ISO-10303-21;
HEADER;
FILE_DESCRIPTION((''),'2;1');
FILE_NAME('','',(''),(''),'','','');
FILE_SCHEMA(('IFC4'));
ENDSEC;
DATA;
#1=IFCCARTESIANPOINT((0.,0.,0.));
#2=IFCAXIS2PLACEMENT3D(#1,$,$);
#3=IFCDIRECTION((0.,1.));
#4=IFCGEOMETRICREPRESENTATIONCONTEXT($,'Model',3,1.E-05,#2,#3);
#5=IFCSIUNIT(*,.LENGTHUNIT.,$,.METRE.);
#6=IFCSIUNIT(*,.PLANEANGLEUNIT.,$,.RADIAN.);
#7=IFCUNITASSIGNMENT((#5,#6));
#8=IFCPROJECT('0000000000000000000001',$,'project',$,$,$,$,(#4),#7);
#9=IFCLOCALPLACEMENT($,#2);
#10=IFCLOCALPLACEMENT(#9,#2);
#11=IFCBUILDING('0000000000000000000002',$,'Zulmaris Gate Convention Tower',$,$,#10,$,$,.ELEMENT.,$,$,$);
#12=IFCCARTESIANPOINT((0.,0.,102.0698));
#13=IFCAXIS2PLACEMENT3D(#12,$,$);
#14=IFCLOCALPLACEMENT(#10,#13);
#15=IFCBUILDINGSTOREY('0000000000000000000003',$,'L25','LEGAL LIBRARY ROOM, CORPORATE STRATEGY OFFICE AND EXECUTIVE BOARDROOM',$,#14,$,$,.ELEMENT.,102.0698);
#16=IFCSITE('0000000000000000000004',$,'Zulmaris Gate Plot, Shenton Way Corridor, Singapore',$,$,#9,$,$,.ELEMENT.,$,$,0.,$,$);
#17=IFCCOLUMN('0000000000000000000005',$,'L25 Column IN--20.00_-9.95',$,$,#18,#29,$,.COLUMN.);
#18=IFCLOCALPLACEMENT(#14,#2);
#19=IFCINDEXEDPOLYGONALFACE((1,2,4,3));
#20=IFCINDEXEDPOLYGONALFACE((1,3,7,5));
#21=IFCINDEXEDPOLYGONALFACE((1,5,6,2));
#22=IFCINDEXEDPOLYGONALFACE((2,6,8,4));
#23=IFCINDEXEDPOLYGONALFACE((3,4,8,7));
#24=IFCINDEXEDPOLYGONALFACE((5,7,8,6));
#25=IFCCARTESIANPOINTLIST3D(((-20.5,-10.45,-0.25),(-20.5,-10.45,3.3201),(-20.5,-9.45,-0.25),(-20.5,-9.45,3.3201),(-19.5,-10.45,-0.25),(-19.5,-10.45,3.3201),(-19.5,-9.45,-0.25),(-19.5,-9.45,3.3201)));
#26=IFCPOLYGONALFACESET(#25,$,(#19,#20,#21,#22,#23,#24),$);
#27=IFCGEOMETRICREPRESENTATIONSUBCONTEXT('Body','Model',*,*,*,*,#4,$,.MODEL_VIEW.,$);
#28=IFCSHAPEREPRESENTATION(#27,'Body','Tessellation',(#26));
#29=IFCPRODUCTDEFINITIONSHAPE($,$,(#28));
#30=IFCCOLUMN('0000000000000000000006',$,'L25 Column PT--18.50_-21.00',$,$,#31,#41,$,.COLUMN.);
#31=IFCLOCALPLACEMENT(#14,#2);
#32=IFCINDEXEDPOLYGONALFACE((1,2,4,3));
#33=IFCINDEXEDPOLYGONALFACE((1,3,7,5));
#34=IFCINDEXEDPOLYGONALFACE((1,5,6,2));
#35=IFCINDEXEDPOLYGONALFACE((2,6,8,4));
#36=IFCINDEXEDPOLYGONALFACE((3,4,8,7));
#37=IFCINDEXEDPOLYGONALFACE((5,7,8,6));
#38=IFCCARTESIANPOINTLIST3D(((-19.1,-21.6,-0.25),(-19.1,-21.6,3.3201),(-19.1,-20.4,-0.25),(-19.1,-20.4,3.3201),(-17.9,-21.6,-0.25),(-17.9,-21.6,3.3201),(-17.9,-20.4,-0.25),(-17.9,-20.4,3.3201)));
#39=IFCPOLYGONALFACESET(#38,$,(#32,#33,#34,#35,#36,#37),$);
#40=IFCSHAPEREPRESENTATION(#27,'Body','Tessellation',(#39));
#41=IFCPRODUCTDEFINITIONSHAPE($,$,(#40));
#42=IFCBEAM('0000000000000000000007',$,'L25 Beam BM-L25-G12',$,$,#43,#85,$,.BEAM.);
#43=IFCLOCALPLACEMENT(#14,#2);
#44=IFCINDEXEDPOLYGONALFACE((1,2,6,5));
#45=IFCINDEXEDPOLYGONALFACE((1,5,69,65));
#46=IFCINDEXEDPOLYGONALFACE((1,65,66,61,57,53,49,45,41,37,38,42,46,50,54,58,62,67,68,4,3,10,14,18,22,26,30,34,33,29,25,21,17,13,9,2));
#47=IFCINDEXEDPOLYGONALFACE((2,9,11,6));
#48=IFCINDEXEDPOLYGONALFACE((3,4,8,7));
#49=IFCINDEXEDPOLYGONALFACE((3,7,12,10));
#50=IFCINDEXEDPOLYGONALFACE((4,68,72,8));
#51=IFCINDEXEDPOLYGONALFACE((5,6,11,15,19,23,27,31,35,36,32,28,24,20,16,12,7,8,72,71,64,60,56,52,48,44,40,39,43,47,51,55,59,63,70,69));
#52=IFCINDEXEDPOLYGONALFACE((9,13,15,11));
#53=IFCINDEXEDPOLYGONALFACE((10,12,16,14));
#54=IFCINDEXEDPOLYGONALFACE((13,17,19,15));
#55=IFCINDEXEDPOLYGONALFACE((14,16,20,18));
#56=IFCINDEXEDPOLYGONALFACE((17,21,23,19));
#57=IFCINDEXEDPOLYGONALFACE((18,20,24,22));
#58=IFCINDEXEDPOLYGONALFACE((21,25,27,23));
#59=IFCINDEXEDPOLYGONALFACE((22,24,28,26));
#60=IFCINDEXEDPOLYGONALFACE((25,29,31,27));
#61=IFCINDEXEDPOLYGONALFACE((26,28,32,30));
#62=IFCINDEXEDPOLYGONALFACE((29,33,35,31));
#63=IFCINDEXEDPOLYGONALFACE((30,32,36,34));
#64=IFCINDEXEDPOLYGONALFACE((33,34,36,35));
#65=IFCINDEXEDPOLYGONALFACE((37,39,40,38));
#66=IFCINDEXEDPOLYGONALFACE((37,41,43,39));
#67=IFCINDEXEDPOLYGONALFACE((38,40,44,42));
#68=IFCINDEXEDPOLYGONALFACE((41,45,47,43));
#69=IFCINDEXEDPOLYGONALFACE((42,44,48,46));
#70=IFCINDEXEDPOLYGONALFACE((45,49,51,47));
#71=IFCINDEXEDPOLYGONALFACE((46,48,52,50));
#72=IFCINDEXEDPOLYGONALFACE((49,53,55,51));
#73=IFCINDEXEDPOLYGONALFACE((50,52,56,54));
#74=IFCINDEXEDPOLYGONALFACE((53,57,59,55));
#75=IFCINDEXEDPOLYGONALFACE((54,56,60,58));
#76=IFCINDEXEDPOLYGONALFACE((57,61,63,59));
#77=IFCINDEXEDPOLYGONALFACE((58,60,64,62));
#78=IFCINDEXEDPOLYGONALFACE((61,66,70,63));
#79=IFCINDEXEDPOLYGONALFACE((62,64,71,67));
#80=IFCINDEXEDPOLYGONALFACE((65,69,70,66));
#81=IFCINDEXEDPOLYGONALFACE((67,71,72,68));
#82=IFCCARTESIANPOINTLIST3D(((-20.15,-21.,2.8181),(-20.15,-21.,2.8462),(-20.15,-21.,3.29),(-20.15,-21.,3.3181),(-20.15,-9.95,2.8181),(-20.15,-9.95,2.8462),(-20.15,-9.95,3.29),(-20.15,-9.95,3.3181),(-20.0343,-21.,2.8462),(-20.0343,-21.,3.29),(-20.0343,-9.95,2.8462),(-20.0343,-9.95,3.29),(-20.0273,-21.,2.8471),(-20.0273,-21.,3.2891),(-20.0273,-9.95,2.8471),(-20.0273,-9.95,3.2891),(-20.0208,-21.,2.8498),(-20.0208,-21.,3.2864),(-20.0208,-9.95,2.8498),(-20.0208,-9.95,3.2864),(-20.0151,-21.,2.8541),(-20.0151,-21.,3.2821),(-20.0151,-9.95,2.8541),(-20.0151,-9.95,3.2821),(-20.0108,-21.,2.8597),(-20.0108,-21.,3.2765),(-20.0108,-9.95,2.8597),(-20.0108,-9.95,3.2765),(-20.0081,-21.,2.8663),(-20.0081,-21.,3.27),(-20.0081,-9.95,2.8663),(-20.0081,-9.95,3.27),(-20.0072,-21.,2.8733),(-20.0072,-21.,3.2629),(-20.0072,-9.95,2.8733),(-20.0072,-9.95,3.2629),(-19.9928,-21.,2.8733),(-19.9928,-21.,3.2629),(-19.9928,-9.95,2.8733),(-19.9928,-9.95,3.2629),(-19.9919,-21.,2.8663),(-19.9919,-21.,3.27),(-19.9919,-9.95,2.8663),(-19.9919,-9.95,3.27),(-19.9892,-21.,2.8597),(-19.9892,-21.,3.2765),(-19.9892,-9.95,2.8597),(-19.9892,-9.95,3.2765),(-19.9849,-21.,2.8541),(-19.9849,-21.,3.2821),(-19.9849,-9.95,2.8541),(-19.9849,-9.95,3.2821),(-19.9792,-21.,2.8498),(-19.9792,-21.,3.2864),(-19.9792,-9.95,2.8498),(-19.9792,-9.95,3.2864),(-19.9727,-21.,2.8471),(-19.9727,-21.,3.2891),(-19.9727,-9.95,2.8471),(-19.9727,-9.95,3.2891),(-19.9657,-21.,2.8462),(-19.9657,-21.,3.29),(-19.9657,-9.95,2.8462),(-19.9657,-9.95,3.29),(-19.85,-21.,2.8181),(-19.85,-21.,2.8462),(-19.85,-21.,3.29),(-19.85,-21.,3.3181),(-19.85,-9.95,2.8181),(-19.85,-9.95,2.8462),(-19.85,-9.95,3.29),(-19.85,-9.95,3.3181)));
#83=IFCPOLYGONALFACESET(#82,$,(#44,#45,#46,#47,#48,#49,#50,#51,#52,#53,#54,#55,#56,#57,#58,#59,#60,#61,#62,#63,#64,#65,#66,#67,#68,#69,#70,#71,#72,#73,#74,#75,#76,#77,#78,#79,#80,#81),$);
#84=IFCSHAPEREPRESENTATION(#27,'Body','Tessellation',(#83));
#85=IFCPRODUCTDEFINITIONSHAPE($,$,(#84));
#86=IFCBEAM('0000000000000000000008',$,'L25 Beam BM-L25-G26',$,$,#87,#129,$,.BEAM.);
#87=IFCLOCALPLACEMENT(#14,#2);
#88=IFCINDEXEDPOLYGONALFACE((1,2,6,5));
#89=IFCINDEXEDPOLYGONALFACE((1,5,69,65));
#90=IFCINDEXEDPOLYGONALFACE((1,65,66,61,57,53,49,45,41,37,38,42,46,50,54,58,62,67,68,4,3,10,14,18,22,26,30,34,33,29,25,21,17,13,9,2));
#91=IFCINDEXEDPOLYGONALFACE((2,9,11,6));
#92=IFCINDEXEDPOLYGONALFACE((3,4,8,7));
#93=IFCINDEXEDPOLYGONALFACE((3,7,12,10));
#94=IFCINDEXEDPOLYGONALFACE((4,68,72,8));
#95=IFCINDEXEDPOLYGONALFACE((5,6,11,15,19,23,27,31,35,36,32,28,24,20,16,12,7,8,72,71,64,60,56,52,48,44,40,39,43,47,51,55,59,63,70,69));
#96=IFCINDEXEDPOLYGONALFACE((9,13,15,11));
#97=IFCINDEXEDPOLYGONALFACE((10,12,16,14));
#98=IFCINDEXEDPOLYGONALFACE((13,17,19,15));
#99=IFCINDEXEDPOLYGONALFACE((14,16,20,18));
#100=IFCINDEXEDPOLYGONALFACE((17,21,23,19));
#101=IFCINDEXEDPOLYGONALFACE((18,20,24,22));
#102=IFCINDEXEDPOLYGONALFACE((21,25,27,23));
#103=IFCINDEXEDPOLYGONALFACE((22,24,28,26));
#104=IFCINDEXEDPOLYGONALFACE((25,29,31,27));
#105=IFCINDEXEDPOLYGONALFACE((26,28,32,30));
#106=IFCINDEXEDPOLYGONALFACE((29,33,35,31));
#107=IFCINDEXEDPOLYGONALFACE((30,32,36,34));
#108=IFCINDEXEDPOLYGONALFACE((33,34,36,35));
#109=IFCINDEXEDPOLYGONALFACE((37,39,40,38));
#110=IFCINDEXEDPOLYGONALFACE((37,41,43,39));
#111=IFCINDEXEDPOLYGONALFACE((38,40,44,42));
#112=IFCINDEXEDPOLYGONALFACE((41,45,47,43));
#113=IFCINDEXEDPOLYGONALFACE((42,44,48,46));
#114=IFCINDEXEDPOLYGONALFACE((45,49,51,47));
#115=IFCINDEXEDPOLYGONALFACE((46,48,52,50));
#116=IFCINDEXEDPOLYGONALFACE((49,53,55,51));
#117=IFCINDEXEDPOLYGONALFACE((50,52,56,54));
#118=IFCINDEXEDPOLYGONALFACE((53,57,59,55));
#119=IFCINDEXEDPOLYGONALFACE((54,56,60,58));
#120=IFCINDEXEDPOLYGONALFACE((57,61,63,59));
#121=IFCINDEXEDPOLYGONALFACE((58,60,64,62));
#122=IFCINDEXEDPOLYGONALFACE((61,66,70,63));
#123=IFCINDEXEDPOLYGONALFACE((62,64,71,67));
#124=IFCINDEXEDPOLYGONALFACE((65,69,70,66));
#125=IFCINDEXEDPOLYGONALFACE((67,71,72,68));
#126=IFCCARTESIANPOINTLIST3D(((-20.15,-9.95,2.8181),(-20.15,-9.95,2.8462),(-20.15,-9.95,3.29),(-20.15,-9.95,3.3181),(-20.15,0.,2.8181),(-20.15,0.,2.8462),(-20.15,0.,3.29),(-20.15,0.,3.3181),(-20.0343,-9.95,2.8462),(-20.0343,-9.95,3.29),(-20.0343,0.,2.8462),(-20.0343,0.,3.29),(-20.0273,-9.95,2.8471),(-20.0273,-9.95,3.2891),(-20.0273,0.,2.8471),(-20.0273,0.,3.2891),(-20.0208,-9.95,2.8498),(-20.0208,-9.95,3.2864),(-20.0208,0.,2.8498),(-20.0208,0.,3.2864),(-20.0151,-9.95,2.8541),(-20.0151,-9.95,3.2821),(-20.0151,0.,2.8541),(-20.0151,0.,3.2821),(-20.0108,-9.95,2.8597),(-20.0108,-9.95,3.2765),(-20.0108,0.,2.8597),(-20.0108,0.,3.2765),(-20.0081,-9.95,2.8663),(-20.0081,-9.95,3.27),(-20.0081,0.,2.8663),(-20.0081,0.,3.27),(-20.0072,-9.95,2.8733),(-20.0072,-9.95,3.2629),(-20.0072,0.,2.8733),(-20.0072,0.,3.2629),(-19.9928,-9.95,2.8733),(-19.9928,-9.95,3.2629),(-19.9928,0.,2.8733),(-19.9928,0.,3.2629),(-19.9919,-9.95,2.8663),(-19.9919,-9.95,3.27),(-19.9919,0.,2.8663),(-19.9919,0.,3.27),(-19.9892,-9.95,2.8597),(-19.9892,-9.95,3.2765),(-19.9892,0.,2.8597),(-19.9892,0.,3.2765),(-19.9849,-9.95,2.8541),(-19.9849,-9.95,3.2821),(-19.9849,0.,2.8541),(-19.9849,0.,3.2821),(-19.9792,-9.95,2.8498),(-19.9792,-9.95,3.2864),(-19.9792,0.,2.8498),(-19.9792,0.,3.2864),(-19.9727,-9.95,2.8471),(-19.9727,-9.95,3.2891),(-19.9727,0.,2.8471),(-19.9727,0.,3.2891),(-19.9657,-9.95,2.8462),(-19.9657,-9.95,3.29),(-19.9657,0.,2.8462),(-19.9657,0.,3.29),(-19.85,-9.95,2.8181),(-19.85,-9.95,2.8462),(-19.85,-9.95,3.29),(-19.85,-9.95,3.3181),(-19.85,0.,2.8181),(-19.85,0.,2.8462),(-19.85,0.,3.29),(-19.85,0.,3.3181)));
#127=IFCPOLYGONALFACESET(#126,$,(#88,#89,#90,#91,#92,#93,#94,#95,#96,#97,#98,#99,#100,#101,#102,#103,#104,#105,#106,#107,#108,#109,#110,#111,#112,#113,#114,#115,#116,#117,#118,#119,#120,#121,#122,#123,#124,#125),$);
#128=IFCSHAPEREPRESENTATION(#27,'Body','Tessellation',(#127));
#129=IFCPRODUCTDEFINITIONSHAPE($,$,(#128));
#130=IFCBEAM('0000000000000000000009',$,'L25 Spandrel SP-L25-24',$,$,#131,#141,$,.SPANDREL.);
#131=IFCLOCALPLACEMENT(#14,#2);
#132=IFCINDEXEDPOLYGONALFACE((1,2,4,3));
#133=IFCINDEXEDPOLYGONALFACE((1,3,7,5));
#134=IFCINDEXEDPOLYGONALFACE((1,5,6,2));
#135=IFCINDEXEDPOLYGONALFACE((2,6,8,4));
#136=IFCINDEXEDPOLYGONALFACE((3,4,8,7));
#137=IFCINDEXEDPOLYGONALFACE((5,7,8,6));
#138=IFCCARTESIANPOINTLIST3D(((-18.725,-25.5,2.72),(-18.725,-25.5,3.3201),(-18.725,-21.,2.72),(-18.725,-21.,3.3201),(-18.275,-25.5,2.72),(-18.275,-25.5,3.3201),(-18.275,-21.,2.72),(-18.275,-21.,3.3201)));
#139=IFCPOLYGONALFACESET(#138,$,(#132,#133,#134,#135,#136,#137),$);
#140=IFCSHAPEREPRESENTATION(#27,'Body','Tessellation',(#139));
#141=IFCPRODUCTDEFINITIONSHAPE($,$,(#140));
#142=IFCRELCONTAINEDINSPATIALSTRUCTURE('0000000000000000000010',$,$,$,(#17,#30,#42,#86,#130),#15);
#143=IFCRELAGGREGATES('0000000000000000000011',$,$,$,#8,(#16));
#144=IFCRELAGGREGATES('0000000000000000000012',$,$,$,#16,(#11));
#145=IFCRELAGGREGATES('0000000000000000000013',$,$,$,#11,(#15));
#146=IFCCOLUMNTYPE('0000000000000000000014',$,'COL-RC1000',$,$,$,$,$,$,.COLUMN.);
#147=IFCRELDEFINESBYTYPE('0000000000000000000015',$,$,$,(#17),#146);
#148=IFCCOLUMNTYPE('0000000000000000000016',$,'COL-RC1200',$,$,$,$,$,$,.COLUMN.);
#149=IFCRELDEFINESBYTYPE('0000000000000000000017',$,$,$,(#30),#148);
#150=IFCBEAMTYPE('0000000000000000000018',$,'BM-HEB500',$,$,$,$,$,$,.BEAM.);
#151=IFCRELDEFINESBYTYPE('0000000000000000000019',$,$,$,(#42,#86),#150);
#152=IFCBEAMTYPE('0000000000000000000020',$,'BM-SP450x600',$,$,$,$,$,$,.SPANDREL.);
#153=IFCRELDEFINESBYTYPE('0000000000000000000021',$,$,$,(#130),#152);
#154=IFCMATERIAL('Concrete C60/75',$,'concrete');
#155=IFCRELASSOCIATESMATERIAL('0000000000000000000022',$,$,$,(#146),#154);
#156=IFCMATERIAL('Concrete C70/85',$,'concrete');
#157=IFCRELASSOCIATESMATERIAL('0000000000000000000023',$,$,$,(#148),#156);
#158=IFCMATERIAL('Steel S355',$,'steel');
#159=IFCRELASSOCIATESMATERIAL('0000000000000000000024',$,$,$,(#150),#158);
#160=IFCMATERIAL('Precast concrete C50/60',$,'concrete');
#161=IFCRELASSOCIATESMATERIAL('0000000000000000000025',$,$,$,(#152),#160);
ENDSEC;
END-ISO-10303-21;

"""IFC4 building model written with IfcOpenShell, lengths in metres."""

from ifc_helpers import new_model, si_unit, direction, frame, origin, origin_2d, place, context, subcontext, project, spatial, rectangle, i_section, extrude, material, material_profile, profile_set, type_object, element, save


model = new_model("IFC4")

# Units and contexts
model_context = context("Model", 3, precision=1e-05, world=origin(), true_north=direction((0.0, 1.0)))
body_context = subcontext(model_context, "Body", "Model", "MODEL_VIEW")
ifc_project = project(units=[si_unit("LENGTHUNIT", "METRE"), si_unit("PLANEANGLEUNIT", "RADIAN")], contexts=[model_context])

# Site, building, storey
site_placement = place(None, origin())
site = spatial("IfcSite", under=ifc_project, at=site_placement, Name="Zulmaris Gate Plot, Shenton Way Corridor, Singapore", CompositionType="ELEMENT", RefElevation=0.0)
building_placement = place(site_placement, origin())
building = spatial("IfcBuilding", under=site, at=building_placement, Name="Zulmaris Gate Convention Tower", CompositionType="ELEMENT")
storey_placement = place(building_placement, frame((0.0, 0.0, 102.0698)))
storey = spatial("IfcBuildingStorey", under=building, at=storey_placement, Name="L25", Description="LEGAL LIBRARY ROOM, CORPORATE STRATEGY OFFICE AND EXECUTIVE BOARDROOM", CompositionType="ELEMENT", Elevation=102.0698)

# Columns
ifc_material_1 = material(Name="Concrete C60/75", Category="concrete")
ifc_material_profile_1 = material_profile(ifc_material_1, rectangle(XDim=1.0, YDim=1.0, at=origin_2d()), Name="RC COL 1000x1000")
ifc_profile_set_1 = profile_set([ifc_material_profile_1], Name="Concrete C60/75")
column_type_1 = type_object("IfcColumnType", Name="COL-RC1000", PredefinedType="COLUMN", material=ifc_profile_set_1)
column_1_placement = place(storey_placement, frame((-20.0, -9.95, -0.25), z_axis=(0.0, 0.0, 1.0), x_axis=(1.0, 0.0, 0.0)))
element("IfcColumn", 1, at=column_1_placement, inside=storey, type_object=column_type_1, Name="L25 Column IN--20.00_-9.95", PredefinedType="COLUMN", context=body_context, shape_type="SweptSolid", body=[
    extrude(rectangle(XDim=1.0, YDim=1.0, at=origin_2d()), origin(), (0.0, 0.0, 1.0), 3.5701),
])
ifc_material_2 = material(Name="Concrete C70/85", Category="concrete")
ifc_material_profile_2 = material_profile(ifc_material_2, rectangle(XDim=1.2, YDim=1.2, at=origin_2d()), Name="RC COL 1200x1200")
ifc_profile_set_2 = profile_set([ifc_material_profile_2], Name="Concrete C70/85")
column_type_2 = type_object("IfcColumnType", Name="COL-RC1200", PredefinedType="COLUMN", material=ifc_profile_set_2)
column_2_placement = place(storey_placement, frame((-18.5, -21.0, -0.25), z_axis=(0.0, 0.0, 1.0), x_axis=(1.0, 0.0, 0.0)))
element("IfcColumn", 2, at=column_2_placement, inside=storey, type_object=column_type_2, Name="L25 Column PT--18.50_-21.00", PredefinedType="COLUMN", context=body_context, shape_type="SweptSolid", body=[
    extrude(rectangle(XDim=1.2, YDim=1.2, at=origin_2d()), origin(), (0.0, 0.0, 1.0), 3.5701),
])

# Beams
ifc_material_3 = material(Name="Steel S355", Category="steel")
ifc_material_profile_3 = material_profile(ifc_material_3, i_section(OverallWidth=0.3, OverallDepth=0.5, WebThickness=0.0144, FlangeThickness=0.0281, FilletRadius=0.0271, at=origin_2d()), Name="HEB 500")
ifc_profile_set_3 = profile_set([ifc_material_profile_3], Name="Steel S355")
beam_type_1 = type_object("IfcBeamType", Name="BM-HEB500", PredefinedType="BEAM", material=ifc_profile_set_3)
beam_1_placement = place(storey_placement, frame((-20.0, -21.0, 3.0681), z_axis=(0.0, 1.0, 0.0), x_axis=(-1.0, 0.0, 0.0)))
element("IfcBeam", 3, at=beam_1_placement, inside=storey, type_object=beam_type_1, Name="L25 Beam BM-L25-G12", PredefinedType="BEAM", context=body_context, shape_type="SweptSolid", body=[
    extrude(i_section(OverallWidth=0.3, OverallDepth=0.5, WebThickness=0.0144, FlangeThickness=0.0281, FilletRadius=0.0271, at=origin_2d()), origin(), (0.0, 0.0, 1.0), 11.05),
])
beam_2_placement = place(storey_placement, frame((-20.0, -9.95, 3.0681), z_axis=(0.0, 1.0, 0.0), x_axis=(-1.0, 0.0, 0.0)))
element("IfcBeam", 4, at=beam_2_placement, inside=storey, type_object=beam_type_1, Name="L25 Beam BM-L25-G26", PredefinedType="BEAM", context=body_context, shape_type="SweptSolid", body=[
    extrude(i_section(OverallWidth=0.3, OverallDepth=0.5, WebThickness=0.0144, FlangeThickness=0.0281, FilletRadius=0.0271, at=origin_2d()), origin(), (0.0, 0.0, 1.0), 9.95),
])
ifc_material_4 = material(Name="Precast concrete C50/60", Category="concrete")
ifc_material_profile_4 = material_profile(ifc_material_4, rectangle(XDim=0.45, YDim=0.6001, at=origin_2d()), Name="RC SPANDREL 450x600")
ifc_profile_set_4 = profile_set([ifc_material_profile_4], Name="Precast concrete C50/60")
beam_type_2 = type_object("IfcBeamType", Name="BM-SP450x600", PredefinedType="SPANDREL", material=ifc_profile_set_4)
beam_3_placement = place(storey_placement, frame((-18.5, -21.0, 3.02), z_axis=(0.0, -1.0, 0.0), x_axis=(1.0, 0.0, 0.0)))
element("IfcBeam", 5, at=beam_3_placement, inside=storey, type_object=beam_type_2, Name="L25 Spandrel SP-L25-24", PredefinedType="SPANDREL", context=body_context, shape_type="SweptSolid", body=[
    extrude(rectangle(XDim=0.45, YDim=0.6001, at=origin_2d()), origin(), (0.0, 0.0, 1.0), 4.5),
])

save(model, "model.ifc")
